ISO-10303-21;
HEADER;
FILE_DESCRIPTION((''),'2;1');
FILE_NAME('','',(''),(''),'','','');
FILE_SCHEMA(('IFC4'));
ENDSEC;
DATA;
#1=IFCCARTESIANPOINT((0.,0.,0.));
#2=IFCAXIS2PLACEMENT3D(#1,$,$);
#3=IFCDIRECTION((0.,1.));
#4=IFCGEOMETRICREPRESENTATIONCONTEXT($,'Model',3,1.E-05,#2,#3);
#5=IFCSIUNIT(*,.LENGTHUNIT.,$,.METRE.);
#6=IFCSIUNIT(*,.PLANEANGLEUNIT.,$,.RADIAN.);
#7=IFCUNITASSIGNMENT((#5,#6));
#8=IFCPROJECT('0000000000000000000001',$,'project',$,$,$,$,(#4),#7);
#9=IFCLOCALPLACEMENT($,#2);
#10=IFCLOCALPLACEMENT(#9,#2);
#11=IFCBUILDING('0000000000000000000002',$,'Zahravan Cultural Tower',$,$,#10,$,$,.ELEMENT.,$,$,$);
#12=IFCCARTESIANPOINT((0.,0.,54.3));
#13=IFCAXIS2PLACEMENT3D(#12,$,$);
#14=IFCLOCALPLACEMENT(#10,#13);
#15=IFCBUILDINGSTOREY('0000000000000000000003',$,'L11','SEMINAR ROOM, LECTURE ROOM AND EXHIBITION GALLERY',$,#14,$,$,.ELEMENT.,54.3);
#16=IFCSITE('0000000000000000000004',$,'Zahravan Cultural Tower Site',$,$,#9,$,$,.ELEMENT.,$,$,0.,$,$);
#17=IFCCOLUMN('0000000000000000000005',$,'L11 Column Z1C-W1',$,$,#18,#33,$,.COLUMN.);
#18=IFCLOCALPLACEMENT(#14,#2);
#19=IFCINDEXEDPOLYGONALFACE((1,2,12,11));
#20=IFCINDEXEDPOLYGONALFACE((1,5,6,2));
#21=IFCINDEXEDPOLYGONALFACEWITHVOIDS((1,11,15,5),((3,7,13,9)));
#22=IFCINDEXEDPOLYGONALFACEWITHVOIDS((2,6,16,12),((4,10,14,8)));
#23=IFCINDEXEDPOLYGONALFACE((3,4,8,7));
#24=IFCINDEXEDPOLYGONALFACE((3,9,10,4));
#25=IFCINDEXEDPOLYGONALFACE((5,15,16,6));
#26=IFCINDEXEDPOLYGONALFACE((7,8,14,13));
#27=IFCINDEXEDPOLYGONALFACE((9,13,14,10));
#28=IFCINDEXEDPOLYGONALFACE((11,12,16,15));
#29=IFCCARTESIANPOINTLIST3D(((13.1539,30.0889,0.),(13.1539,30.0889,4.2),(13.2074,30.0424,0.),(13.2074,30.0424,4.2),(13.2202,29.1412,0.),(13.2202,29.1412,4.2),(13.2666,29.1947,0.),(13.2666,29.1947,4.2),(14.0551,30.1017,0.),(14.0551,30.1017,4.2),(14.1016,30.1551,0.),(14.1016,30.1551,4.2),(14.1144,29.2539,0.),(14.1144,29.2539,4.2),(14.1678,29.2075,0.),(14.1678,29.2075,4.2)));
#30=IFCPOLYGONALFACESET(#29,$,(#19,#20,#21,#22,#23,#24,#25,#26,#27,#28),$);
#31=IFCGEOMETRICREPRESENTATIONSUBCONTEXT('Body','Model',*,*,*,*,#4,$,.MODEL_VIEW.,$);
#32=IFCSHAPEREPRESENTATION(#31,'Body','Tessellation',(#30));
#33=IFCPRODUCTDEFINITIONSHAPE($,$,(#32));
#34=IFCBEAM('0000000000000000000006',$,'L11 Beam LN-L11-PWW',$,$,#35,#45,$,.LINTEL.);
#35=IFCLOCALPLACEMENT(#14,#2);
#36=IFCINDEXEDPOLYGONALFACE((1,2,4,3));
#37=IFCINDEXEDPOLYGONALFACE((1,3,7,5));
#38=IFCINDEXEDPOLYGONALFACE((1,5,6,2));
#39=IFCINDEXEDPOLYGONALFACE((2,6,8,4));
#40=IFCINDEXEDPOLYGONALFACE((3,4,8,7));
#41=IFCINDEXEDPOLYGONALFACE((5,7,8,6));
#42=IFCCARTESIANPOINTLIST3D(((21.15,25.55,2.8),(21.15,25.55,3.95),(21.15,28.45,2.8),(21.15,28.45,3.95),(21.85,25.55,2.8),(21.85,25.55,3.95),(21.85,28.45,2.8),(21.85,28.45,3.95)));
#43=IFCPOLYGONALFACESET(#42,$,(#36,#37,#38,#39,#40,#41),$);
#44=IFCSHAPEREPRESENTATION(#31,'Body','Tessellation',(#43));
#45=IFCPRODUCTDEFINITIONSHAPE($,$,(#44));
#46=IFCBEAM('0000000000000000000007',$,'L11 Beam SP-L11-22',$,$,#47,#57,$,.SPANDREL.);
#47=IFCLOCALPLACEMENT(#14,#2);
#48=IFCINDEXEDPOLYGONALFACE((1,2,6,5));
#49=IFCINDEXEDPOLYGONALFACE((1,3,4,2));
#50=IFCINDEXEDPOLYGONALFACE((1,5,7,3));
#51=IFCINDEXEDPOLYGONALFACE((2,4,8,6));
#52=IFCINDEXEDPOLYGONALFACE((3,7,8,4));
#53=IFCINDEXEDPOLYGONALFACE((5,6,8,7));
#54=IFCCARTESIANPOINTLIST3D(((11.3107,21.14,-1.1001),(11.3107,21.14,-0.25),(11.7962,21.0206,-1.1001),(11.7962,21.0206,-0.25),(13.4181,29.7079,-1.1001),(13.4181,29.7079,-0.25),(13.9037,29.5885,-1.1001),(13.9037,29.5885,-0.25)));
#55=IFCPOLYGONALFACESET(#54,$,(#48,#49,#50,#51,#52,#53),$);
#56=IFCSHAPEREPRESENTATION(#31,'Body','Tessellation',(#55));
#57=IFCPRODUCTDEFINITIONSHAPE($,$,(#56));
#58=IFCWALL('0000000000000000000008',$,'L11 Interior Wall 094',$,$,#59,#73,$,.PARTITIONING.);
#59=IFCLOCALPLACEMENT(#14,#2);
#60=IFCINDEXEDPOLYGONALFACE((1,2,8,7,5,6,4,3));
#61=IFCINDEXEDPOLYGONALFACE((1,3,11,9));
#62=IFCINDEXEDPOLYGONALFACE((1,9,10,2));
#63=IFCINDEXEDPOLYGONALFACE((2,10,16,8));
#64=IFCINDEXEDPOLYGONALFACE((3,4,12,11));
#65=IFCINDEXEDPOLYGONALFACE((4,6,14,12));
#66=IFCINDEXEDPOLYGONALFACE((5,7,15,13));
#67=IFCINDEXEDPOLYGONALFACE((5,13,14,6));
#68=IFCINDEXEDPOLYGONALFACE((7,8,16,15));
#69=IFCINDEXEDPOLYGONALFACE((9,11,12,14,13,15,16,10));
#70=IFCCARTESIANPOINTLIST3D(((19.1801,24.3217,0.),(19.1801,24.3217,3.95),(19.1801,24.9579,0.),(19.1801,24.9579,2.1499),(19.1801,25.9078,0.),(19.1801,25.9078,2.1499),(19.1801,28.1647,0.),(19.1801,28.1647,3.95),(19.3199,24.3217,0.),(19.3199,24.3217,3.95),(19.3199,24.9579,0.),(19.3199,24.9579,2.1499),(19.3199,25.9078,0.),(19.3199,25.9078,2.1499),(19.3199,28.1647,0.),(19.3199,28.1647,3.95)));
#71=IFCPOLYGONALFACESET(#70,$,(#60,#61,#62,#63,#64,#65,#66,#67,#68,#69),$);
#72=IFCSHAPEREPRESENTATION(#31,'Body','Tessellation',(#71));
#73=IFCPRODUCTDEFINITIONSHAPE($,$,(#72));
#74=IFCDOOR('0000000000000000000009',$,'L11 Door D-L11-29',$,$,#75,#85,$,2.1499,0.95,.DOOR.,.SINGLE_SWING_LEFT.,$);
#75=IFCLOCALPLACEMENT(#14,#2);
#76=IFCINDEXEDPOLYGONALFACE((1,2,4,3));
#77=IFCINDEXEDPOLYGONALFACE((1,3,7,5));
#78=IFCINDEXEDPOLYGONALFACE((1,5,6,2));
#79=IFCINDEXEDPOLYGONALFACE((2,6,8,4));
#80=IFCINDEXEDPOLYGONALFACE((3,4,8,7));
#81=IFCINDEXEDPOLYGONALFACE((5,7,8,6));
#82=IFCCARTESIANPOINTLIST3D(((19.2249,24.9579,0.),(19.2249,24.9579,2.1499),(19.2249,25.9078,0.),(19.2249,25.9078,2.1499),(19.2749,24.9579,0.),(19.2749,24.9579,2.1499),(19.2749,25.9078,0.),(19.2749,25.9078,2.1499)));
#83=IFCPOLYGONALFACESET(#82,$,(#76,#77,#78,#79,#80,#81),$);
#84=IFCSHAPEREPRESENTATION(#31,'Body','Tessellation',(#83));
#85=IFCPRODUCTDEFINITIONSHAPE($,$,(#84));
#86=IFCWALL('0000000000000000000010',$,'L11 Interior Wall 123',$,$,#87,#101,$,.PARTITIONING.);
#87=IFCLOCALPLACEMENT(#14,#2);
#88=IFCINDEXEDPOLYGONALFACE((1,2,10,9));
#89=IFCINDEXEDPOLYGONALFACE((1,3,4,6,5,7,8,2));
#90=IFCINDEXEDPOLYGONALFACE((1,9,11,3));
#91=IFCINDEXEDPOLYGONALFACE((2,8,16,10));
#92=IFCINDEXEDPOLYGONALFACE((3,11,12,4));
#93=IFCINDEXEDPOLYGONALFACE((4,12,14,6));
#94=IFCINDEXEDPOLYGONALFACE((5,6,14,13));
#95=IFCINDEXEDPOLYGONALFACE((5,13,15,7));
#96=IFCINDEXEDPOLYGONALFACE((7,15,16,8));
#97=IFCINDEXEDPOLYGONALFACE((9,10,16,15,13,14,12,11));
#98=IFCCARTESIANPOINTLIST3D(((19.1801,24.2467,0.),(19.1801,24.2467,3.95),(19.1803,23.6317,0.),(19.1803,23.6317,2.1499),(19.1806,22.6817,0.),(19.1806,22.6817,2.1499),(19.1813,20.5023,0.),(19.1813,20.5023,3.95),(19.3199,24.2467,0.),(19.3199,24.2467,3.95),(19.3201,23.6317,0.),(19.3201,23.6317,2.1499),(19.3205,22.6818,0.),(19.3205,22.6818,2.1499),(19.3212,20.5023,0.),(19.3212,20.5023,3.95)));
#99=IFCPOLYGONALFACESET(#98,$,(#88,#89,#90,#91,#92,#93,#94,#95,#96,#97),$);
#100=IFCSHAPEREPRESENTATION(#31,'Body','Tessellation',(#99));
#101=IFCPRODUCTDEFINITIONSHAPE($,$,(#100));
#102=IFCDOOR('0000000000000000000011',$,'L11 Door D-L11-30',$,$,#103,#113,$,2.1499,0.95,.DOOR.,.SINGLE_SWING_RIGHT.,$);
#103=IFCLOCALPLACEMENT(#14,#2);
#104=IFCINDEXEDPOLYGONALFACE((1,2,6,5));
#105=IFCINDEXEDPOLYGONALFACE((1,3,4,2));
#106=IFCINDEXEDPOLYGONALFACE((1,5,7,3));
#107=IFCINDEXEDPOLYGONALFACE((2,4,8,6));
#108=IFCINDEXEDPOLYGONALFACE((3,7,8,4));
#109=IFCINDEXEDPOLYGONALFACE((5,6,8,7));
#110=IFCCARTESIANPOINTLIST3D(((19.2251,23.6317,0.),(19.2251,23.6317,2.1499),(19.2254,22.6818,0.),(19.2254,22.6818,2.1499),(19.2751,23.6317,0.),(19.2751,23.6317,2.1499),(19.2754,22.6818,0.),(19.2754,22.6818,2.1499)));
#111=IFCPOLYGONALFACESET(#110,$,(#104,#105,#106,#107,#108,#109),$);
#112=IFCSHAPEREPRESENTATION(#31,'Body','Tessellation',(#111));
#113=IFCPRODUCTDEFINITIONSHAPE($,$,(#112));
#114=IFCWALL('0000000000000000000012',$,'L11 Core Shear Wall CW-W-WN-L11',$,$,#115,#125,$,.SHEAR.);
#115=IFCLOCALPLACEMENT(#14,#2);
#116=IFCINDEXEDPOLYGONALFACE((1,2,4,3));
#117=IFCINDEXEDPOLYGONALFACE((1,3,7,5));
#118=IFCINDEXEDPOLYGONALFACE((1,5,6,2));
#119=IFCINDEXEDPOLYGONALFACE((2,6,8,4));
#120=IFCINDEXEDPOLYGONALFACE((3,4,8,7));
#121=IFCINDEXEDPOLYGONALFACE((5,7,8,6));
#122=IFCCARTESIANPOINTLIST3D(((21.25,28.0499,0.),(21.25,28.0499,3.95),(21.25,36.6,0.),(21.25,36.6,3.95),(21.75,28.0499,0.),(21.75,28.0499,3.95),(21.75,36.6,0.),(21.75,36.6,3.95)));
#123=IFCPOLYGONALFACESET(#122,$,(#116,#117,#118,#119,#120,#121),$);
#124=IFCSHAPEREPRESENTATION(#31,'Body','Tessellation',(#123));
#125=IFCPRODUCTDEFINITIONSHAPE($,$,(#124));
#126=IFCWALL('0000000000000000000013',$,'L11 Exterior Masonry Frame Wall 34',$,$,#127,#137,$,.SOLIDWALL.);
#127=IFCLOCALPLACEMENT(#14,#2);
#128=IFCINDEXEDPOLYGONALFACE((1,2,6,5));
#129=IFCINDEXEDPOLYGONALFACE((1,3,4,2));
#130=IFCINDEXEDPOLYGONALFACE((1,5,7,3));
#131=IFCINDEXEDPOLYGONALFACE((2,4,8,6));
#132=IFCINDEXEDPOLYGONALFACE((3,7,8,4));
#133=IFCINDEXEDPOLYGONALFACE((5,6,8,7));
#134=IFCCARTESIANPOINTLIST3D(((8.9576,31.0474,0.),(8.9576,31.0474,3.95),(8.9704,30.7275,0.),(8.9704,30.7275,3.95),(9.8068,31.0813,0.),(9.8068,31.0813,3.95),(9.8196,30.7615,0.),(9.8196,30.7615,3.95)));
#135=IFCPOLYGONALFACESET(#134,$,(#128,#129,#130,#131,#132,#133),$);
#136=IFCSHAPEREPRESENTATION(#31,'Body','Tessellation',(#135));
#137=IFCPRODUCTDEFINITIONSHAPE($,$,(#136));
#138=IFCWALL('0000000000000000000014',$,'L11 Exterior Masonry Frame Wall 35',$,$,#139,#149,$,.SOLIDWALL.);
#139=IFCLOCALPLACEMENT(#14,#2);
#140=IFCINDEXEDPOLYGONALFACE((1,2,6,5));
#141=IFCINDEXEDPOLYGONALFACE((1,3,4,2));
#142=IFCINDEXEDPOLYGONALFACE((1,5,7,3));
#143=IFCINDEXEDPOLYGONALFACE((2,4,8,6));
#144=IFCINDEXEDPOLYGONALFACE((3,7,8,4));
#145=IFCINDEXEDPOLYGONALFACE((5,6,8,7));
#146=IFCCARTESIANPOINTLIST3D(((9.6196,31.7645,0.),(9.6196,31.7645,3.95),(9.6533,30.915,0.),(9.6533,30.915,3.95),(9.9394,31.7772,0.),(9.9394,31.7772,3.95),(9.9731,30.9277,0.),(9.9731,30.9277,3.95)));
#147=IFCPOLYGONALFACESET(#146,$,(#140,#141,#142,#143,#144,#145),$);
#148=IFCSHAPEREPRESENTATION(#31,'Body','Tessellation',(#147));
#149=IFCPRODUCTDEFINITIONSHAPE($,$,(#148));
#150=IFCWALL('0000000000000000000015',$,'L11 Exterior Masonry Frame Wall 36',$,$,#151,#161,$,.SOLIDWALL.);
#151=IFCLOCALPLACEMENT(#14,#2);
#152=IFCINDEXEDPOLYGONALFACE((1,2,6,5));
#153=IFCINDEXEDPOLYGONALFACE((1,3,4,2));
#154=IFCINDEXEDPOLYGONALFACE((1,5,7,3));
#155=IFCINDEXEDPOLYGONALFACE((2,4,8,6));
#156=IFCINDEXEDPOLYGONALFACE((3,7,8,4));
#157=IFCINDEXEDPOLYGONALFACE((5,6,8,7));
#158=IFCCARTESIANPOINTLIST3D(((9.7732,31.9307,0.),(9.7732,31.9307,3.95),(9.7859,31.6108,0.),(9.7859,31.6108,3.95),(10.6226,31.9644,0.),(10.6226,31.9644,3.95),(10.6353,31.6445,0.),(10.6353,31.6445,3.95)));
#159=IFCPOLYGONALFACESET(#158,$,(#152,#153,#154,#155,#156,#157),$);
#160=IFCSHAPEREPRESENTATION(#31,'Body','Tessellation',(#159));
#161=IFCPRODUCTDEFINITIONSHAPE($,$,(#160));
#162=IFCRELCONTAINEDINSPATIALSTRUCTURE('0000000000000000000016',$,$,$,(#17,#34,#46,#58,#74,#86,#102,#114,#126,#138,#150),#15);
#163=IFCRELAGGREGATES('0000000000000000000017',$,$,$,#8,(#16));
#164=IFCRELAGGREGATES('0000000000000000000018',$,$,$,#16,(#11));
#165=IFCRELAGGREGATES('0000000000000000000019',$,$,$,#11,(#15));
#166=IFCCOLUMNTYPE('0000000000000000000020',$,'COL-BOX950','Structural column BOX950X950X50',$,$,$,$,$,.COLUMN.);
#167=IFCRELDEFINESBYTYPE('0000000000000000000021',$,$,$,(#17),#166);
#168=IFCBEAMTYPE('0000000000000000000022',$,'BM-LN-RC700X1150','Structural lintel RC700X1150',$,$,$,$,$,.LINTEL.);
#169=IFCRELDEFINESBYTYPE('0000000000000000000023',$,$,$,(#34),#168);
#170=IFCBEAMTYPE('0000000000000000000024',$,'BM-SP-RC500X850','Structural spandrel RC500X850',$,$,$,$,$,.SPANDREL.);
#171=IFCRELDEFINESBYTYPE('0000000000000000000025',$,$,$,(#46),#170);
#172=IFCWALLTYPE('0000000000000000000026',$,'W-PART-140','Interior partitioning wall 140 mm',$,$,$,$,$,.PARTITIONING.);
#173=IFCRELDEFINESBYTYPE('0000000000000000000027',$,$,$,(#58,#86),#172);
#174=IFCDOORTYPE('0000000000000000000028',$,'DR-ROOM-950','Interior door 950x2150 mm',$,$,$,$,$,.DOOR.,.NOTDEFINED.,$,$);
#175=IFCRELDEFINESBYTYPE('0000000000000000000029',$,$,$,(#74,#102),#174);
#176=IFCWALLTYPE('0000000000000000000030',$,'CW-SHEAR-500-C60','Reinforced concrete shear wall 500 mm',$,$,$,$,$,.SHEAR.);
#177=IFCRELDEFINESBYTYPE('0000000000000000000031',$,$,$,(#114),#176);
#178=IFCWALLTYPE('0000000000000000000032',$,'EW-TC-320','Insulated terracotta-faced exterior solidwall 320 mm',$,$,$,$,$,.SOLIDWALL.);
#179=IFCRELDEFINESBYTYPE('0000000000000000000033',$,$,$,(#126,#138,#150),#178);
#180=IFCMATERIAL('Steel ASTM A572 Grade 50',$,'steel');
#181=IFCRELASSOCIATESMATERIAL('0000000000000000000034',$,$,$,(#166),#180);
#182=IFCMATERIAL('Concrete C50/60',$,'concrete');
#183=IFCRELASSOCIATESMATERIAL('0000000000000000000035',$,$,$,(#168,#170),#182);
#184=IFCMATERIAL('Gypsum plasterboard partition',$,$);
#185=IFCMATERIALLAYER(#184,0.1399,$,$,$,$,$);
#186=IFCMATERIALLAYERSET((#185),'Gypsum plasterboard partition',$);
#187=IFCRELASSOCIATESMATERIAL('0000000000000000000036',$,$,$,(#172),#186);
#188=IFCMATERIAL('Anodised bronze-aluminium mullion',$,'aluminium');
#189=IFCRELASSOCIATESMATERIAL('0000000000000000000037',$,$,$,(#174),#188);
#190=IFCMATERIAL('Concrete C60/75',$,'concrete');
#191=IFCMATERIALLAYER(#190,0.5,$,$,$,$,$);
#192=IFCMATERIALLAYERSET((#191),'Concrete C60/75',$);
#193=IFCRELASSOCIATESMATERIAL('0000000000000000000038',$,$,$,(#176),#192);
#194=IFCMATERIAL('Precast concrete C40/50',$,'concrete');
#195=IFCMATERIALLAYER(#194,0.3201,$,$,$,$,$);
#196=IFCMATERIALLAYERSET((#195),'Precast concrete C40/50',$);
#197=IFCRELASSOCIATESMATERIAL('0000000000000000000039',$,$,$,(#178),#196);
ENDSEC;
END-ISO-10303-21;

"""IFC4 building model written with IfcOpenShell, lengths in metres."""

from ifc_helpers import new_model, si_unit, direction, frame, frame_2d, origin, origin_2d, place, context, subcontext, project, spatial, rectangle, hollow_rectangle, extrude, source, transform, mapped, material, layer, layer_set, material_profile, profile_set, type_object, element, fill, save


model = new_model("IFC4")

# Units and contexts
model_context = context("Model", 3, precision=1e-05, world=origin(), true_north=direction((0.0, 1.0)))
body_context = subcontext(model_context, "Body", "Model", "MODEL_VIEW")
ifc_project = project(units=[si_unit("LENGTHUNIT", "METRE"), si_unit("PLANEANGLEUNIT", "RADIAN")], contexts=[model_context])

# Site, building, storey
site_placement = place(None, origin())
site = spatial("IfcSite", under=ifc_project, at=site_placement, Name="Zahravan Cultural Tower Site", CompositionType="ELEMENT", RefElevation=0.0)
building_placement = place(site_placement, origin())
building = spatial("IfcBuilding", under=site, at=building_placement, Name="Zahravan Cultural Tower", CompositionType="ELEMENT")
storey_placement = place(building_placement, frame((0.0, 0.0, 54.3)))
storey = spatial("IfcBuildingStorey", under=building, at=storey_placement, Name="L11", Description="SEMINAR ROOM, LECTURE ROOM AND EXHIBITION GALLERY", CompositionType="ELEMENT", Elevation=54.3)

# Column
ifc_material_1 = material(Name="Steel ASTM A572 Grade 50", Category="steel")
ifc_material_profile_1 = material_profile(ifc_material_1, hollow_rectangle(XDim=0.95, YDim=0.95, WallThickness=0.05, at=origin_2d()), Name="BOX950X950X50")
ifc_profile_set_1 = profile_set([ifc_material_profile_1], Name="Steel ASTM A572 Grade 50")
column_type = type_object("IfcColumnType", Name="COL-BOX950", Description="Structural column BOX950X950X50", PredefinedType="COLUMN", material=ifc_profile_set_1)
shared_shape_1 = source(origin(), body_context, "Body", "SweptSolid", [
    extrude(hollow_rectangle(XDim=0.95, YDim=0.95, WallThickness=0.05, at=origin_2d()), origin(), (0.0, 0.0, 1.0), 4.2),
])
column_placement = place(storey_placement, frame((13.6609, 29.6482, 0.0), z_axis=(0.0, 0.0, 1.0), x_axis=(0.997564, 0.069756, 0.0)))
element("IfcColumn", 1, at=column_placement, inside=storey, type_object=column_type, Name="L11 Column Z1C-W1", PredefinedType="COLUMN", context=body_context, shape_type="MappedRepresentation", body=[
    mapped(shared_shape_1, transform((0.0, 0.0, 0.0), x_axis=(1.0, 0.0, 0.0), y_axis=(0.0, 1.0, 0.0), z_axis=(0.0, 0.0, 1.0), scale=1.0)),
])

# Beams
ifc_material_2 = material(Name="Concrete C50/60", Category="concrete")
ifc_material_profile_2 = material_profile(ifc_material_2, rectangle(XDim=0.7, YDim=1.1499, at=origin_2d()), Name="RC700X1150")
ifc_profile_set_2 = profile_set([ifc_material_profile_2], Name="Concrete C50/60")
beam_type_1 = type_object("IfcBeamType", Name="BM-LN-RC700X1150", Description="Structural lintel RC700X1150", PredefinedType="LINTEL", material=ifc_profile_set_2)
shared_shape_2 = source(origin(), body_context, "Body", "SweptSolid", [
    extrude(rectangle(XDim=0.7, YDim=1.1499, at=origin_2d()), origin(), (0.0, 0.0, 1.0), 2.8999),
])
beam_1_placement = place(storey_placement, frame((21.5, 25.55, 3.375), z_axis=(0.0, 1.0, 0.0), x_axis=(-1.0, 0.0, 0.0)))
element("IfcBeam", 2, at=beam_1_placement, inside=storey, type_object=beam_type_1, Name="L11 Beam LN-L11-PWW", PredefinedType="LINTEL", context=body_context, shape_type="MappedRepresentation", body=[
    mapped(shared_shape_2, transform((0.0, 0.0, 0.0), x_axis=(1.0, 0.0, 0.0), y_axis=(0.0, 1.0, 0.0), z_axis=(0.0, 0.0, 1.0), scale=1.0)),
])
ifc_material_profile_3 = material_profile(ifc_material_2, rectangle(XDim=0.5, YDim=0.8501, at=origin_2d()), Name="RC500X850")
ifc_profile_set_3 = profile_set([ifc_material_profile_3], Name="Concrete C50/60")
beam_type_2 = type_object("IfcBeamType", Name="BM-SP-RC500X850", Description="Structural spandrel RC500X850", PredefinedType="SPANDREL", material=ifc_profile_set_3)
shared_shape_3 = source(origin(), body_context, "Body", "SweptSolid", [
    extrude(rectangle(XDim=0.5, YDim=0.8501, at=origin_2d()), origin(), (0.0, 0.0, 1.0), 8.8232),
])
beam_2_placement = place(storey_placement, frame((13.6609, 29.6482, -0.675), z_axis=(-0.238849, -0.971057, 0.0), x_axis=(0.971057, -0.238849, 0.0)))
element("IfcBeam", 3, at=beam_2_placement, inside=storey, type_object=beam_type_2, Name="L11 Beam SP-L11-22", PredefinedType="SPANDREL", context=body_context, shape_type="MappedRepresentation", body=[
    mapped(shared_shape_3, transform((0.0, 0.0, 0.0), x_axis=(1.0, 0.0, 0.0), y_axis=(0.0, 1.0, 0.0), z_axis=(0.0, 0.0, 1.0), scale=1.0)),
])

# Walls, openings, doors
ifc_material_3 = material(Name="Gypsum plasterboard partition")
ifc_layer_1 = layer(ifc_material_3, 0.1399)
ifc_layer_set_1 = layer_set([ifc_layer_1], Name="Gypsum plasterboard partition")
wall_type_1 = type_object("IfcWallType", Name="W-PART-140", Description="Interior partitioning wall 140 mm", PredefinedType="PARTITIONING", material=ifc_layer_set_1)
wall_1_placement = place(storey_placement, frame((19.25, 28.1646, 0.0), z_axis=(0.0, 0.0, 1.0), x_axis=(0.0, -1.0, 0.0)))
wall_1 = element("IfcWall", 4, at=wall_1_placement, inside=storey, type_object=wall_type_1, Name="L11 Interior Wall 094", PredefinedType="PARTITIONING", context=body_context, shape_type="SweptSolid", body=[
    extrude(rectangle(XDim=3.843, YDim=0.1399, at=frame_2d((1.9214, 0.0))), origin(), (0.0, 0.0, 1.0), 3.95),
])
opening_1_placement = place(wall_1_placement, frame((2.2566, 0.0, 0.0)))
opening_1 = element("IfcOpeningElement", 5, at=opening_1_placement, cuts=wall_1, PredefinedType="OPENING", context=body_context, shape_type="SweptSolid", body=[
    extrude(rectangle(XDim=0.95, YDim=2.1499, at=frame_2d((0.4751, 1.075))), frame((0.0, 0.0798, 0.0), z_axis=(0.0, -1.0, 0.0), x_axis=(1.0, 0.0, 0.0)), (0.0, 0.0, 1.0), 0.1599),
])
ifc_material_4 = material(Name="Anodised bronze-aluminium mullion", Category="aluminium")
door_type = type_object("IfcDoorType", Name="DR-ROOM-950", Description="Interior door 950x2150 mm", OperationType="NOTDEFINED", PredefinedType="DOOR", material=ifc_material_4)
shared_shape_4 = source(origin(), body_context, "Body", "SweptSolid", [
    extrude(rectangle(XDim=0.95, YDim=2.1499, at=frame_2d((0.4751, 1.075))), frame((0.0, 0.0249, 0.0), z_axis=(0.0, -1.0, 0.0), x_axis=(1.0, 0.0, 0.0)), (0.0, 0.0, 1.0), 0.05),
])
door_1_placement = place(opening_1_placement, origin())
door_1 = element("IfcDoor", 6, at=door_1_placement, inside=storey, type_object=door_type, Name="L11 Door D-L11-29", OperationType="SINGLE_SWING_LEFT", OverallHeight=2.1499, OverallWidth=0.95, PredefinedType="DOOR", context=body_context, shape_type="MappedRepresentation", body=[
    mapped(shared_shape_4, transform((0.0, 0.0, 0.0), x_axis=(1.0, 0.0, 0.0), y_axis=(0.0, 1.0, 0.0), z_axis=(0.0, 0.0, 1.0), scale=1.0)),
])
fill(opening_1, door_1)
wall_2_placement = place(storey_placement, frame((19.25, 24.2466, 0.0), z_axis=(0.0, 0.0, 1.0), x_axis=(0.000326, -1.0, 0.0)))
wall_2 = element("IfcWall", 7, at=wall_2_placement, inside=storey, type_object=wall_type_1, Name="L11 Interior Wall 123", PredefinedType="PARTITIONING", context=body_context, shape_type="SweptSolid", body=[
    extrude(rectangle(XDim=3.7444, YDim=0.1399, at=frame_2d((1.8721, 0.0))), origin(), (0.0, 0.0, 1.0), 3.95),
])
opening_2_placement = place(wall_2_placement, frame((0.6147, 0.0, 0.0)))
opening_2 = element("IfcOpeningElement", 8, at=opening_2_placement, cuts=wall_2, PredefinedType="OPENING", context=body_context, shape_type="SweptSolid", body=[
    extrude(rectangle(XDim=0.95, YDim=2.1499, at=frame_2d((0.4751, 1.075))), frame((0.0, 0.0798, 0.0), z_axis=(0.0, -1.0, 0.0), x_axis=(1.0, 0.0, 0.0)), (0.0, 0.0, 1.0), 0.1599),
])
door_2_placement = place(opening_2_placement, origin())
door_2 = element("IfcDoor", 9, at=door_2_placement, inside=storey, type_object=door_type, Name="L11 Door D-L11-30", OperationType="SINGLE_SWING_RIGHT", OverallHeight=2.1499, OverallWidth=0.95, PredefinedType="DOOR", context=body_context, shape_type="MappedRepresentation", body=[
    mapped(shared_shape_4, transform((0.0, 0.0, 0.0), x_axis=(1.0, 0.0, 0.0), y_axis=(0.0, 1.0, 0.0), z_axis=(0.0, 0.0, 1.0), scale=1.0)),
])
fill(opening_2, door_2)

# Walls
ifc_material_5 = material(Name="Concrete C60/75", Category="concrete")
ifc_layer_2 = layer(ifc_material_5, 0.5)
ifc_layer_set_2 = layer_set([ifc_layer_2], Name="Concrete C60/75")
wall_type_2 = type_object("IfcWallType", Name="CW-SHEAR-500-C60", Description="Reinforced concrete shear wall 500 mm", PredefinedType="SHEAR", material=ifc_layer_set_2)
shared_shape_5 = source(origin(), body_context, "Body", "SweptSolid", [
    extrude(rectangle(XDim=8.55, YDim=0.5, at=frame_2d((4.2749, 0.0))), origin(), (0.0, 0.0, 1.0), 3.95),
])
wall_3_placement = place(storey_placement, frame((21.5, 28.05, 0.0), z_axis=(0.0, 0.0, 1.0), x_axis=(0.0, 1.0, 0.0)))
element("IfcWall", 10, at=wall_3_placement, inside=storey, type_object=wall_type_2, Name="L11 Core Shear Wall CW-W-WN-L11", PredefinedType="SHEAR", context=body_context, shape_type="MappedRepresentation", body=[
    mapped(shared_shape_5, transform((0.0, 0.0, 0.0), x_axis=(1.0, 0.0, 0.0), y_axis=(0.0, 1.0, 0.0), z_axis=(0.0, 0.0, 1.0), scale=1.0)),
])
ifc_material_6 = material(Name="Precast concrete C40/50", Category="concrete")
ifc_layer_3 = layer(ifc_material_6, 0.3201)
ifc_layer_set_3 = layer_set([ifc_layer_3], Name="Precast concrete C40/50")
wall_type_3 = type_object("IfcWallType", Name="EW-TC-320", Description="Insulated terracotta-faced exterior solidwall 320 mm", PredefinedType="SOLIDWALL", material=ifc_layer_set_3)
shared_shape_6 = source(origin(), body_context, "Body", "SweptSolid", [
    extrude(rectangle(XDim=0.8499, YDim=0.3201, at=frame_2d((0.4248, 0.0))), origin(), (0.0, 0.0, 1.0), 3.95),
])
wall_4_placement = place(storey_placement, frame((8.9641, 30.8875, 0.0), z_axis=(0.0, 0.0, 1.0), x_axis=(0.999202, 0.039934, 0.0)))
element("IfcWall", 11, at=wall_4_placement, inside=storey, type_object=wall_type_3, Name="L11 Exterior Masonry Frame Wall 34", PredefinedType="SOLIDWALL", context=body_context, shape_type="MappedRepresentation", body=[
    mapped(shared_shape_6, transform((0.0, 0.0, 0.0), x_axis=(1.0, 0.0, 0.0), y_axis=(0.0, 1.0, 0.0), z_axis=(0.0, 0.0, 1.0), scale=1.0)),
])
shared_shape_7 = source(origin(), body_context, "Body", "SweptSolid", [
    extrude(rectangle(XDim=0.8501, YDim=0.3201, at=frame_2d((0.425, 0.0))), origin(), (0.0, 0.0, 1.0), 3.95),
])
for number, where, z_axis, x_axis, name in (
    (12, (9.8132, 30.9214, 0.0), (0.0, 0.0, 1.0), (-0.039635, 0.999214, 0.0), "L11 Exterior Masonry Frame Wall 35"),
    (13, (9.7795, 31.7708, 0.0), (0.0, 0.0, 1.0), (0.999214, 0.039635, 0.0), "L11 Exterior Masonry Frame Wall 36"),
):
    element("IfcWall", number, at=place(storey_placement, frame(where, z_axis=z_axis, x_axis=x_axis)), inside=storey, type_object=wall_type_3, Name=name, PredefinedType="SOLIDWALL", context=body_context, shape_type="MappedRepresentation", body=[
        mapped(shared_shape_7, transform((0.0, 0.0, 0.0), x_axis=(1.0, 0.0, 0.0), y_axis=(0.0, 1.0, 0.0), z_axis=(0.0, 0.0, 1.0), scale=1.0)),
    ])

save(model, "model.ifc")
